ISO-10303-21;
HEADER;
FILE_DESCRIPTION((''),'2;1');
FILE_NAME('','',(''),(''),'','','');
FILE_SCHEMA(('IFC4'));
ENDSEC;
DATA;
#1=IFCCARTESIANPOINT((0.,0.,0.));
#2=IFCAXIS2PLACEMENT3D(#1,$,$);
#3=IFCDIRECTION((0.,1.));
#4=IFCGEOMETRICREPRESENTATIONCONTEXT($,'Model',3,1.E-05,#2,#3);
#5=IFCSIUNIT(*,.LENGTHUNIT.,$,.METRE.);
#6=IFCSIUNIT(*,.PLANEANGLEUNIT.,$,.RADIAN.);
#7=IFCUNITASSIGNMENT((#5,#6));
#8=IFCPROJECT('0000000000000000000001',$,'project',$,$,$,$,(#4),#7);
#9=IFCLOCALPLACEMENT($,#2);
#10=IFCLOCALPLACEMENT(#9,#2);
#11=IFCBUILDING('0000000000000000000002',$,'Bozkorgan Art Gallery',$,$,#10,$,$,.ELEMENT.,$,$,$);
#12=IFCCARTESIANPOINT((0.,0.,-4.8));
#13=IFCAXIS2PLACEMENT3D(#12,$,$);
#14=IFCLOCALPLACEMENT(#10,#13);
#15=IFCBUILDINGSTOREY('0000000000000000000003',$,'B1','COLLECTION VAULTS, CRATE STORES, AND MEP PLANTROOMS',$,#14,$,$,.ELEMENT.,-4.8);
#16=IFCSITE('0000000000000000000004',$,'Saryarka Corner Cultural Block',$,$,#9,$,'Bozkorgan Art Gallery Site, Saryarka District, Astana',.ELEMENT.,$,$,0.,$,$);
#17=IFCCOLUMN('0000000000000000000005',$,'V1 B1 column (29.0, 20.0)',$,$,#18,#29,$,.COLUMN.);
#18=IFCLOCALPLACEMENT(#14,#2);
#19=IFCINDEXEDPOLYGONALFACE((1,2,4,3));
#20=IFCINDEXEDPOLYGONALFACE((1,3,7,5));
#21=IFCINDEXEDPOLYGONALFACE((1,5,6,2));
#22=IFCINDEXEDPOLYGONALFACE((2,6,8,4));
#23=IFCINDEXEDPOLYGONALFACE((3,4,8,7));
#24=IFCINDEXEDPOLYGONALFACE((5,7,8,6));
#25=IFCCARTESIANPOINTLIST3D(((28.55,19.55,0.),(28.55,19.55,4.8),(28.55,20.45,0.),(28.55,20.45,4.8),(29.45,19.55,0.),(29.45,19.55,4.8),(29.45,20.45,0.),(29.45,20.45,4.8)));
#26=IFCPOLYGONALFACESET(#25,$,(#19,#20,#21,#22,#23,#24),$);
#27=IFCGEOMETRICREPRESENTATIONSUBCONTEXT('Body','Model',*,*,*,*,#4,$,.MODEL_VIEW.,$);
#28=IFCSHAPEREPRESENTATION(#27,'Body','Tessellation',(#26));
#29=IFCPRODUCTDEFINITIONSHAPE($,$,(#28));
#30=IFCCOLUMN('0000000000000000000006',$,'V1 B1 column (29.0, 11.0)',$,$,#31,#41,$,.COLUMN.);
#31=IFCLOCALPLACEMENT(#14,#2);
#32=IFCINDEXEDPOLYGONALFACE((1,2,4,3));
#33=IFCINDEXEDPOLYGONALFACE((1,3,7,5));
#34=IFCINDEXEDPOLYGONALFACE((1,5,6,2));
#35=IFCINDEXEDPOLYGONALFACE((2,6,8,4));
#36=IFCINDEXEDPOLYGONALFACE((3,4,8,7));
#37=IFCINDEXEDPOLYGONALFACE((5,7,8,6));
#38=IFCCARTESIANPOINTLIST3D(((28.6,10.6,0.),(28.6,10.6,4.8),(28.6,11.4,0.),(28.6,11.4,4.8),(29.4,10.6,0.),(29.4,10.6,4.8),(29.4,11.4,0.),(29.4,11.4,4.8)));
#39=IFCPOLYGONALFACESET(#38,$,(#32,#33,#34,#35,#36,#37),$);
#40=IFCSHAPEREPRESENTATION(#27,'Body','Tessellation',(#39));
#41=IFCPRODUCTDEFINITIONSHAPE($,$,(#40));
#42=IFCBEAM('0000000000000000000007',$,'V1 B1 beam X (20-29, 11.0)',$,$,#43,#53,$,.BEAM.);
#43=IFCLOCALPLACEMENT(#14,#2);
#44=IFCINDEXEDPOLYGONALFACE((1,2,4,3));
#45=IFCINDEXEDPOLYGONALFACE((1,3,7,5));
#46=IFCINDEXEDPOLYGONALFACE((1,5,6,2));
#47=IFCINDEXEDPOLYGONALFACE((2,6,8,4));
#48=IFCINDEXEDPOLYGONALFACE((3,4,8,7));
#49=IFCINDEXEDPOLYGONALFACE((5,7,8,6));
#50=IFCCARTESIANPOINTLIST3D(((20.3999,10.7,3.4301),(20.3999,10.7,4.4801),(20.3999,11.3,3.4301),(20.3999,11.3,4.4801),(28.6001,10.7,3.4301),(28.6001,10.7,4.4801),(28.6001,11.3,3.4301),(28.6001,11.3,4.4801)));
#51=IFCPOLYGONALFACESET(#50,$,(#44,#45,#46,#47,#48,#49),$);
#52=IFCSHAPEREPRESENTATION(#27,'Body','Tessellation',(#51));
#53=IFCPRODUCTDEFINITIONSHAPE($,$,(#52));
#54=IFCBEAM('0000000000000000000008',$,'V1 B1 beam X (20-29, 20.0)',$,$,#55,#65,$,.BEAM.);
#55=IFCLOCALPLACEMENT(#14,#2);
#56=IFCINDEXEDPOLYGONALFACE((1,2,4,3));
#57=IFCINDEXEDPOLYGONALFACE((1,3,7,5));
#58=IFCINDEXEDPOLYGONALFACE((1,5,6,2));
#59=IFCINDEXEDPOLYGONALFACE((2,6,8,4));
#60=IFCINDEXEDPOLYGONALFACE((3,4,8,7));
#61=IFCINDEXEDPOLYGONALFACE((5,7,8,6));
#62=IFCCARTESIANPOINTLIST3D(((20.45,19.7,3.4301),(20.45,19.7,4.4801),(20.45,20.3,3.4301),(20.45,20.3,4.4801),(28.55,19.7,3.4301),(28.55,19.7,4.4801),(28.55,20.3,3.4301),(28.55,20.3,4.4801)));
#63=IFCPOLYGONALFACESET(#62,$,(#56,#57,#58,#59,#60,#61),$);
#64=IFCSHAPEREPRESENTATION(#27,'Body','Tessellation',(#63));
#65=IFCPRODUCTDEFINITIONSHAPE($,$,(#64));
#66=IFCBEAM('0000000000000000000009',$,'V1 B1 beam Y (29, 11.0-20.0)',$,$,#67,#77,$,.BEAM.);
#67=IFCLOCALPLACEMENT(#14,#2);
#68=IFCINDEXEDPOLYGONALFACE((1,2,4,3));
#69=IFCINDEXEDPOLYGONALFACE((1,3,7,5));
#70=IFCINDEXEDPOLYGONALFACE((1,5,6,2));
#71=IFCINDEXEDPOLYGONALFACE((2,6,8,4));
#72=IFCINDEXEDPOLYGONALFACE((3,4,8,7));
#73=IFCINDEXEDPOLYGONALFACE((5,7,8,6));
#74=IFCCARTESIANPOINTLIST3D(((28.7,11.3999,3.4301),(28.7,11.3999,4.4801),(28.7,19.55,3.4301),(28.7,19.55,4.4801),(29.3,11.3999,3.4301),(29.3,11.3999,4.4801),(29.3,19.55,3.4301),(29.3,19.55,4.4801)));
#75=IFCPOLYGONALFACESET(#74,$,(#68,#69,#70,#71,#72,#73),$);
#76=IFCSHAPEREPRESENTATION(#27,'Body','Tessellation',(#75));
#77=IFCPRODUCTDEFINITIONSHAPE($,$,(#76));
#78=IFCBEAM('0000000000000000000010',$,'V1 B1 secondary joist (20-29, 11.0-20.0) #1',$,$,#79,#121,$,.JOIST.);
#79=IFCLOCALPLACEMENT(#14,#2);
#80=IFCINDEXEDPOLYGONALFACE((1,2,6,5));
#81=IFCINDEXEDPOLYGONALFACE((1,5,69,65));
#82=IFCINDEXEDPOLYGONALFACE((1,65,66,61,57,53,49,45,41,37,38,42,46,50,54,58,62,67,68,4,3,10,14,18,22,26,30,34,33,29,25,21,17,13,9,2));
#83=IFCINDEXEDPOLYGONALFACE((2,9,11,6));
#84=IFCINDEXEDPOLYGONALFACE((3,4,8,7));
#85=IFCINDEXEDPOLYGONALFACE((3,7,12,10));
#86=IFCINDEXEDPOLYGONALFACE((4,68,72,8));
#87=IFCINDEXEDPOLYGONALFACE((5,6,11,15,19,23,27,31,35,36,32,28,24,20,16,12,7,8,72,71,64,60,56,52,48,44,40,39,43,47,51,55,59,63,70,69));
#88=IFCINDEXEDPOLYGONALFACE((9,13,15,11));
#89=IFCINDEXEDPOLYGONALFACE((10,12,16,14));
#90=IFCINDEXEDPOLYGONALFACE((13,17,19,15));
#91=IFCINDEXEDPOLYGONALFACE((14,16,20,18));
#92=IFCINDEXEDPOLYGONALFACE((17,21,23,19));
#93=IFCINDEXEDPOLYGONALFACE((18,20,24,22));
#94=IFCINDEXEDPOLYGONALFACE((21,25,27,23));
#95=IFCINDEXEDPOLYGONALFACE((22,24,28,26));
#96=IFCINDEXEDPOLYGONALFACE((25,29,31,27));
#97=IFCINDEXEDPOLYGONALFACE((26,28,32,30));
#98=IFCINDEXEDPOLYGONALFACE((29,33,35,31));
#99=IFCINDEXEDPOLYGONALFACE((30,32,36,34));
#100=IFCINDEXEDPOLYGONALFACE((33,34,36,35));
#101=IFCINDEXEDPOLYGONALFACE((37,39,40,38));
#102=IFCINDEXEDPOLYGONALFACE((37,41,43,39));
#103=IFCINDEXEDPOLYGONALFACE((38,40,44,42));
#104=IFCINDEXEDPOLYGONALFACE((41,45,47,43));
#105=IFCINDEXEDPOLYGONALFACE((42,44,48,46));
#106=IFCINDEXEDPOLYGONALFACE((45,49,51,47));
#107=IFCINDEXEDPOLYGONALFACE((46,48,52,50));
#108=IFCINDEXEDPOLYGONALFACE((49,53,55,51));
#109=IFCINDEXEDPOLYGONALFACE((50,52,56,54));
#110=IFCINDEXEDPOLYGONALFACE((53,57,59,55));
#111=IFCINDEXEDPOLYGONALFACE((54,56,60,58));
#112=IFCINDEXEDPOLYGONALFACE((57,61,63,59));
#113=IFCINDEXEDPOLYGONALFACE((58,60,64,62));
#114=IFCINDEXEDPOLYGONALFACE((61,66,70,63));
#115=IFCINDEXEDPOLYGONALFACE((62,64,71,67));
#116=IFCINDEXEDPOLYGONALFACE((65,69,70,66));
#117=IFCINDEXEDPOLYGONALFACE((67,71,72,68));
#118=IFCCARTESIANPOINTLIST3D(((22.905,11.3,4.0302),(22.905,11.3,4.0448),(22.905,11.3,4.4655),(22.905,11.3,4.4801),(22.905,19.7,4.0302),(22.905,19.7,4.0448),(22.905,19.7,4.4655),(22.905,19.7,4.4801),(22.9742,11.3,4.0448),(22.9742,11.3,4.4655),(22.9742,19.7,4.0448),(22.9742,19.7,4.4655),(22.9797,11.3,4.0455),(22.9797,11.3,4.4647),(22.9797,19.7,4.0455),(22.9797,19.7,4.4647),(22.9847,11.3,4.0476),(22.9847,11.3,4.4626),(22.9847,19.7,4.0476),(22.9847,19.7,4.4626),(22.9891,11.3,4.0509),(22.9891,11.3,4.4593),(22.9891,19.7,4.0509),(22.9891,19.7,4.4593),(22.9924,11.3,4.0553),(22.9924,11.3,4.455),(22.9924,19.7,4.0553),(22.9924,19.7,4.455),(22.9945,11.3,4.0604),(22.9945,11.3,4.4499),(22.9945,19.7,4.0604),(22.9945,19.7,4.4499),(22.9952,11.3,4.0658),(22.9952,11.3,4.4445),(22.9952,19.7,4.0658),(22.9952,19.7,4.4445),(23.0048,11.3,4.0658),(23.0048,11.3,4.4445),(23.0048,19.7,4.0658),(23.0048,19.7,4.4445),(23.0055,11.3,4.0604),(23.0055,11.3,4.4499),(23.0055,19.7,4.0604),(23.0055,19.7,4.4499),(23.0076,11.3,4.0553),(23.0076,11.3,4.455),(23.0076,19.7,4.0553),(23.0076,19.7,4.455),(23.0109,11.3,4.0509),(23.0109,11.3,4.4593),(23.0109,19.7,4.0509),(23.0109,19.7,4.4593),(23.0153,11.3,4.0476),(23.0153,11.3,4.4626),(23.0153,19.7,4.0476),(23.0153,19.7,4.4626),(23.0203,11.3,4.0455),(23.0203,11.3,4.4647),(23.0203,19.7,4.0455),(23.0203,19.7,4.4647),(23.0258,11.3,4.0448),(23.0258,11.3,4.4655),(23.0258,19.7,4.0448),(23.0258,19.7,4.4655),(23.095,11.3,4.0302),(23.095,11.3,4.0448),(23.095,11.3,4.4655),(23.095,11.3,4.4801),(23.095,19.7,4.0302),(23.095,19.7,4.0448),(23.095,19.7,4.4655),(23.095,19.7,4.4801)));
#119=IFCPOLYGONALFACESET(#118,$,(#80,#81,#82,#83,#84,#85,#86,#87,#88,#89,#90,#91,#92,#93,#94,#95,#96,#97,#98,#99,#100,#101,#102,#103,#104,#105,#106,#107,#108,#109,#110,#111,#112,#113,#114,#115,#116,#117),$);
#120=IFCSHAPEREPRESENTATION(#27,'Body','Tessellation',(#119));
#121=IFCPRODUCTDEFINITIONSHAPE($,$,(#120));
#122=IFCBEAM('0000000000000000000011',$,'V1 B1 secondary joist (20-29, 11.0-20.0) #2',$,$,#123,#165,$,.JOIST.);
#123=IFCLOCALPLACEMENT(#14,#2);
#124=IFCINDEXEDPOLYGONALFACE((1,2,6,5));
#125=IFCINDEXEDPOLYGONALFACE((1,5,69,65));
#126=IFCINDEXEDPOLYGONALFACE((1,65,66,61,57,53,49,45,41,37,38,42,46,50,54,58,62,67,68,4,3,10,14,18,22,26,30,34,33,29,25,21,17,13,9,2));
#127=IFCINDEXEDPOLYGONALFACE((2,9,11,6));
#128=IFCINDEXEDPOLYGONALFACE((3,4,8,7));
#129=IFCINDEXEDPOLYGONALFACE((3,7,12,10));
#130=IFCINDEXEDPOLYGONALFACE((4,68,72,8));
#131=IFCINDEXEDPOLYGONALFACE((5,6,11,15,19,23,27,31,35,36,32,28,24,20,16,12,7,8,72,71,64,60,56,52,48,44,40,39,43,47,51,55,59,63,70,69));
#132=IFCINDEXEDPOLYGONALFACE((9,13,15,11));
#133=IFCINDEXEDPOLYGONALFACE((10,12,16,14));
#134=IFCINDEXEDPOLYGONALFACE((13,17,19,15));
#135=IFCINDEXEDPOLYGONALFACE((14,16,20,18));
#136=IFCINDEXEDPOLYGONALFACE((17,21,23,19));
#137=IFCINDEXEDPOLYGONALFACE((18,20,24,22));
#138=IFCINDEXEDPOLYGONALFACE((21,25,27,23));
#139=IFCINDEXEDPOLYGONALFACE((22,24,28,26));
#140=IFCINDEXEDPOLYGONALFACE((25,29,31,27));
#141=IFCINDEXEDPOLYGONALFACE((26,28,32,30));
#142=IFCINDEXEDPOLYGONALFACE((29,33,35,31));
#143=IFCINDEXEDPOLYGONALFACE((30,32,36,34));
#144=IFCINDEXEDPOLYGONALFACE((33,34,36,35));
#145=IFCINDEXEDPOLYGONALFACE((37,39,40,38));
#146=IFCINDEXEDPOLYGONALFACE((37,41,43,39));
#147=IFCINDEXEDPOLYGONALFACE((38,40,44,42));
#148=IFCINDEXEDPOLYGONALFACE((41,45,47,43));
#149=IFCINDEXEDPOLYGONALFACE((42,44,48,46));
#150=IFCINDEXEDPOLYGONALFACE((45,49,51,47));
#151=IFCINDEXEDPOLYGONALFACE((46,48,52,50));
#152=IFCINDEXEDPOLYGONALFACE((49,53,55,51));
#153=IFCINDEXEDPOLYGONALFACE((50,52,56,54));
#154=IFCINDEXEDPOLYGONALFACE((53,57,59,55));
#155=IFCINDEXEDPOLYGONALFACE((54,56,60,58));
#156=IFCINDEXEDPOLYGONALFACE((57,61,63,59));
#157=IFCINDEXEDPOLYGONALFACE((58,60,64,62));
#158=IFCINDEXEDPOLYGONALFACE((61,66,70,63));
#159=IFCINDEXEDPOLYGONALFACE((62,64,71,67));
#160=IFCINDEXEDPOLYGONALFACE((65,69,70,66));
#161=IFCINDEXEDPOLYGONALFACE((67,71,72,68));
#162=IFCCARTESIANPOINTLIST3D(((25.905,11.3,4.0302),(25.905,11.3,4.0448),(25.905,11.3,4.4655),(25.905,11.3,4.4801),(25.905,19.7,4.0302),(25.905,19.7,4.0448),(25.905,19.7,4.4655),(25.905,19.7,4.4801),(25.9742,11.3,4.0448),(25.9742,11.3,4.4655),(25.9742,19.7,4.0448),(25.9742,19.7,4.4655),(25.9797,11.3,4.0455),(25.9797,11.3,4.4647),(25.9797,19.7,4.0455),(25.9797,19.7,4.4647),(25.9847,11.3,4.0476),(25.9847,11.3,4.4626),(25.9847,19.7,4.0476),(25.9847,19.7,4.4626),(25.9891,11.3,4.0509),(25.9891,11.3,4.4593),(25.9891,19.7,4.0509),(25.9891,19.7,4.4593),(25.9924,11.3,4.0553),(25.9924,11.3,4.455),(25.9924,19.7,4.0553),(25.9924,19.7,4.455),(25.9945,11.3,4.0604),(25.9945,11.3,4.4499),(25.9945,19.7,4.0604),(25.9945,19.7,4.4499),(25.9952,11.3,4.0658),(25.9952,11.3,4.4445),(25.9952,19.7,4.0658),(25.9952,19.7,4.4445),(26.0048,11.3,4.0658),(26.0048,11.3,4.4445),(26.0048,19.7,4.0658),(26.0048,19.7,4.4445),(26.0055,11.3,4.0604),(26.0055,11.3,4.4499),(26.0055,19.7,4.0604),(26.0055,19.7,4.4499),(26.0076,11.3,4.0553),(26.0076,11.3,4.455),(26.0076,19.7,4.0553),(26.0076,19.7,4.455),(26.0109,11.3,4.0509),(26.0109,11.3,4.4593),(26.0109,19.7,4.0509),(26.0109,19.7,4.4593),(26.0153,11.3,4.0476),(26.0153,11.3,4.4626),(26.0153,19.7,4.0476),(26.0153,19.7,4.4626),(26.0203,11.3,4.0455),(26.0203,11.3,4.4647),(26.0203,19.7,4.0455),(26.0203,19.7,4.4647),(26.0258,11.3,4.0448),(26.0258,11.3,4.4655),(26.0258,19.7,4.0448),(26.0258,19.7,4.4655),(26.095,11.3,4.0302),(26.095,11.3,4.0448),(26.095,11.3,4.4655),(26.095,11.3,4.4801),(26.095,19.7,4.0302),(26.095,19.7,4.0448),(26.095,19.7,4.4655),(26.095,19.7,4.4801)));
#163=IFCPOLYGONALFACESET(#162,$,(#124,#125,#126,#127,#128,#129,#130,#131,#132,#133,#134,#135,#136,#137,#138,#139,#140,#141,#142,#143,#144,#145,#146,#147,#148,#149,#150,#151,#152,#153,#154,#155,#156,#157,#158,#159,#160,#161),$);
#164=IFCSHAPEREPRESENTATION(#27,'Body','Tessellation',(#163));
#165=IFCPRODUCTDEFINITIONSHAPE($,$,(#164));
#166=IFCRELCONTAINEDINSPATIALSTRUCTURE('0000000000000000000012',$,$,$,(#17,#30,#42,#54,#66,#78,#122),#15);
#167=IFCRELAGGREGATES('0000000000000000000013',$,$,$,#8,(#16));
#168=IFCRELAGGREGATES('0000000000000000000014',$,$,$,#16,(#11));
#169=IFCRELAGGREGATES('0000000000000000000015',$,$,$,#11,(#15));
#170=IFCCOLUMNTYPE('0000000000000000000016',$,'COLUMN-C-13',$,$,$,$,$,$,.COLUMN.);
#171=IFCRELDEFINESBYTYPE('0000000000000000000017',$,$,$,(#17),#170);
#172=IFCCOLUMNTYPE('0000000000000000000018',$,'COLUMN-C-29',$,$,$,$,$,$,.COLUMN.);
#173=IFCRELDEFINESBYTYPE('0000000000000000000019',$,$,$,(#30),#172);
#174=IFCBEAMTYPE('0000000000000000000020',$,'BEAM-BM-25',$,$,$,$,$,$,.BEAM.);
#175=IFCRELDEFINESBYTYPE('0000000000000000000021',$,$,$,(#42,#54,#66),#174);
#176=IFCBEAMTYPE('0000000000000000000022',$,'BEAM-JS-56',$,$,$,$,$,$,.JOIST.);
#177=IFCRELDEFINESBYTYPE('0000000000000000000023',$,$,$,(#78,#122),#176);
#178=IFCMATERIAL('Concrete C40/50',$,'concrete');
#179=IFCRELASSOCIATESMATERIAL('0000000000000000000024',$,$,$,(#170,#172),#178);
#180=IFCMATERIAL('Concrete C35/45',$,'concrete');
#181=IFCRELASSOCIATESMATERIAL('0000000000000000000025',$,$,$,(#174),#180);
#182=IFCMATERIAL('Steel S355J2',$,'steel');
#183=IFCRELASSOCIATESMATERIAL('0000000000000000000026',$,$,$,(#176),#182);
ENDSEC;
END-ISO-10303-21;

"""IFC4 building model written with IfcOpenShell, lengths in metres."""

from ifc_helpers import new_model, si_unit, direction, frame, origin, origin_2d, place, context, subcontext, project, spatial, rectangle, i_section, extrude, material, material_profile, profile_set, type_object, element, save


model = new_model("IFC4")

# Units and contexts
model_context = context("Model", 3, precision=1e-05, world=origin(), true_north=direction((0.0, 1.0)))
body_context = subcontext(model_context, "Body", "Model", "MODEL_VIEW")
ifc_project = project(units=[si_unit("LENGTHUNIT", "METRE"), si_unit("PLANEANGLEUNIT", "RADIAN")], contexts=[model_context])

# Site, building, storey
site_placement = place(None, origin())
site = spatial("IfcSite", under=ifc_project, at=site_placement, Name="Saryarka Corner Cultural Block", LongName="Bozkorgan Art Gallery Site, Saryarka District, Astana", CompositionType="ELEMENT", RefElevation=0.0)
building_placement = place(site_placement, origin())
building = spatial("IfcBuilding", under=site, at=building_placement, Name="Bozkorgan Art Gallery", CompositionType="ELEMENT")
storey_placement = place(building_placement, frame((0.0, 0.0, -4.8)))
storey = spatial("IfcBuildingStorey", under=building, at=storey_placement, Name="B1", Description="COLLECTION VAULTS, CRATE STORES, AND MEP PLANTROOMS", CompositionType="ELEMENT", Elevation=-4.8)

# Columns
ifc_material_1 = material(Name="Concrete C40/50", Category="concrete")
ifc_material_profile_1 = material_profile(ifc_material_1, rectangle(XDim=0.8999, YDim=0.8999, at=origin_2d()), Name="RC 900x900")
ifc_profile_set_1 = profile_set([ifc_material_profile_1], Name="Concrete C40/50")
column_type_1 = type_object("IfcColumnType", Name="COLUMN-C-13", PredefinedType="COLUMN", material=ifc_profile_set_1)
column_1_placement = place(storey_placement, frame((29.0, 20.0, 0.0), z_axis=(0.0, 0.0, 1.0), x_axis=(1.0, 0.0, 0.0)))
element("IfcColumn", 1, at=column_1_placement, inside=storey, type_object=column_type_1, Name="V1 B1 column (29.0, 20.0)", PredefinedType="COLUMN", context=body_context, shape_type="SweptSolid", body=[
    extrude(rectangle(XDim=0.8999, YDim=0.8999, at=origin_2d()), origin(), (0.0, 0.0, 1.0), 4.8),
])
ifc_material_profile_2 = material_profile(ifc_material_1, rectangle(XDim=0.8, YDim=0.8, at=origin_2d()), Name="RC 800x800")
ifc_profile_set_2 = profile_set([ifc_material_profile_2], Name="Concrete C40/50")
column_type_2 = type_object("IfcColumnType", Name="COLUMN-C-29", PredefinedType="COLUMN", material=ifc_profile_set_2)
column_2_placement = place(storey_placement, frame((29.0, 11.0, 0.0), z_axis=(0.0, 0.0, 1.0), x_axis=(1.0, 0.0, 0.0)))
element("IfcColumn", 2, at=column_2_placement, inside=storey, type_object=column_type_2, Name="V1 B1 column (29.0, 11.0)", PredefinedType="COLUMN", context=body_context, shape_type="SweptSolid", body=[
    extrude(rectangle(XDim=0.8, YDim=0.8, at=origin_2d()), origin(), (0.0, 0.0, 1.0), 4.8),
])

# Beams
ifc_material_2 = material(Name="Concrete C35/45", Category="concrete")
ifc_material_profile_3 = material_profile(ifc_material_2, rectangle(XDim=0.6001, YDim=1.05, at=origin_2d()), Name="RC 600x1050")
ifc_profile_set_3 = profile_set([ifc_material_profile_3], Name="Concrete C35/45")
beam_type_1 = type_object("IfcBeamType", Name="BEAM-BM-25", PredefinedType="BEAM", material=ifc_profile_set_3)
beam_1_placement = place(storey_placement, frame((20.3999, 11.0, 3.9551), z_axis=(1.0, 0.0, 0.0), x_axis=(0.0, 1.0, 0.0)))
element("IfcBeam", 3, at=beam_1_placement, inside=storey, type_object=beam_type_1, Name="V1 B1 beam X (20-29, 11.0)", PredefinedType="BEAM", context=body_context, shape_type="SweptSolid", body=[
    extrude(rectangle(XDim=0.6001, YDim=1.05, at=origin_2d()), origin(), (0.0, 0.0, 1.0), 8.2002),
])
beam_2_placement = place(storey_placement, frame((20.45, 20.0, 3.9551), z_axis=(1.0, 0.0, 0.0), x_axis=(0.0, 1.0, 0.0)))
element("IfcBeam", 4, at=beam_2_placement, inside=storey, type_object=beam_type_1, Name="V1 B1 beam X (20-29, 20.0)", PredefinedType="BEAM", context=body_context, shape_type="SweptSolid", body=[
    extrude(rectangle(XDim=0.6001, YDim=1.05, at=origin_2d()), origin(), (0.0, 0.0, 1.0), 8.1001),
])
beam_3_placement = place(storey_placement, frame((29.0, 11.3999, 3.9551), z_axis=(0.0, 1.0, 0.0), x_axis=(-1.0, 0.0, 0.0)))
element("IfcBeam", 5, at=beam_3_placement, inside=storey, type_object=beam_type_1, Name="V1 B1 beam Y (29, 11.0-20.0)", PredefinedType="BEAM", context=body_context, shape_type="SweptSolid", body=[
    extrude(rectangle(XDim=0.6001, YDim=1.05, at=origin_2d()), origin(), (0.0, 0.0, 1.0), 8.1501),
])
ifc_material_3 = material(Name="Steel S355J2", Category="steel")
ifc_material_profile_4 = material_profile(ifc_material_3, i_section(OverallWidth=0.1899, OverallDepth=0.45, WebThickness=0.0095, FlangeThickness=0.0146, FilletRadius=0.021, at=origin_2d()), Name="IPE 450")
ifc_profile_set_4 = profile_set([ifc_material_profile_4], Name="Steel S355J2")
beam_type_2 = type_object("IfcBeamType", Name="BEAM-JS-56", PredefinedType="JOIST", material=ifc_profile_set_4)
for number, where, z_axis, x_axis, name in (
    (6, (23.0, 11.3, 4.2551), (0.0, 1.0, 0.0), (-1.0, 0.0, 0.0), "V1 B1 secondary joist (20-29, 11.0-20.0) #1"),
    (7, (26.0, 11.3, 4.2551), (0.0, 1.0, 0.0), (-1.0, 0.0, 0.0), "V1 B1 secondary joist (20-29, 11.0-20.0) #2"),
):
    element("IfcBeam", number, at=place(storey_placement, frame(where, z_axis=z_axis, x_axis=x_axis)), inside=storey, type_object=beam_type_2, Name=name, PredefinedType="JOIST", context=body_context, shape_type="SweptSolid", body=[
        extrude(i_section(OverallWidth=0.1899, OverallDepth=0.45, WebThickness=0.0095, FlangeThickness=0.0146, FilletRadius=0.021, at=origin_2d()), origin(), (0.0, 0.0, 1.0), 8.3999),
    ])

save(model, "model.ifc")
